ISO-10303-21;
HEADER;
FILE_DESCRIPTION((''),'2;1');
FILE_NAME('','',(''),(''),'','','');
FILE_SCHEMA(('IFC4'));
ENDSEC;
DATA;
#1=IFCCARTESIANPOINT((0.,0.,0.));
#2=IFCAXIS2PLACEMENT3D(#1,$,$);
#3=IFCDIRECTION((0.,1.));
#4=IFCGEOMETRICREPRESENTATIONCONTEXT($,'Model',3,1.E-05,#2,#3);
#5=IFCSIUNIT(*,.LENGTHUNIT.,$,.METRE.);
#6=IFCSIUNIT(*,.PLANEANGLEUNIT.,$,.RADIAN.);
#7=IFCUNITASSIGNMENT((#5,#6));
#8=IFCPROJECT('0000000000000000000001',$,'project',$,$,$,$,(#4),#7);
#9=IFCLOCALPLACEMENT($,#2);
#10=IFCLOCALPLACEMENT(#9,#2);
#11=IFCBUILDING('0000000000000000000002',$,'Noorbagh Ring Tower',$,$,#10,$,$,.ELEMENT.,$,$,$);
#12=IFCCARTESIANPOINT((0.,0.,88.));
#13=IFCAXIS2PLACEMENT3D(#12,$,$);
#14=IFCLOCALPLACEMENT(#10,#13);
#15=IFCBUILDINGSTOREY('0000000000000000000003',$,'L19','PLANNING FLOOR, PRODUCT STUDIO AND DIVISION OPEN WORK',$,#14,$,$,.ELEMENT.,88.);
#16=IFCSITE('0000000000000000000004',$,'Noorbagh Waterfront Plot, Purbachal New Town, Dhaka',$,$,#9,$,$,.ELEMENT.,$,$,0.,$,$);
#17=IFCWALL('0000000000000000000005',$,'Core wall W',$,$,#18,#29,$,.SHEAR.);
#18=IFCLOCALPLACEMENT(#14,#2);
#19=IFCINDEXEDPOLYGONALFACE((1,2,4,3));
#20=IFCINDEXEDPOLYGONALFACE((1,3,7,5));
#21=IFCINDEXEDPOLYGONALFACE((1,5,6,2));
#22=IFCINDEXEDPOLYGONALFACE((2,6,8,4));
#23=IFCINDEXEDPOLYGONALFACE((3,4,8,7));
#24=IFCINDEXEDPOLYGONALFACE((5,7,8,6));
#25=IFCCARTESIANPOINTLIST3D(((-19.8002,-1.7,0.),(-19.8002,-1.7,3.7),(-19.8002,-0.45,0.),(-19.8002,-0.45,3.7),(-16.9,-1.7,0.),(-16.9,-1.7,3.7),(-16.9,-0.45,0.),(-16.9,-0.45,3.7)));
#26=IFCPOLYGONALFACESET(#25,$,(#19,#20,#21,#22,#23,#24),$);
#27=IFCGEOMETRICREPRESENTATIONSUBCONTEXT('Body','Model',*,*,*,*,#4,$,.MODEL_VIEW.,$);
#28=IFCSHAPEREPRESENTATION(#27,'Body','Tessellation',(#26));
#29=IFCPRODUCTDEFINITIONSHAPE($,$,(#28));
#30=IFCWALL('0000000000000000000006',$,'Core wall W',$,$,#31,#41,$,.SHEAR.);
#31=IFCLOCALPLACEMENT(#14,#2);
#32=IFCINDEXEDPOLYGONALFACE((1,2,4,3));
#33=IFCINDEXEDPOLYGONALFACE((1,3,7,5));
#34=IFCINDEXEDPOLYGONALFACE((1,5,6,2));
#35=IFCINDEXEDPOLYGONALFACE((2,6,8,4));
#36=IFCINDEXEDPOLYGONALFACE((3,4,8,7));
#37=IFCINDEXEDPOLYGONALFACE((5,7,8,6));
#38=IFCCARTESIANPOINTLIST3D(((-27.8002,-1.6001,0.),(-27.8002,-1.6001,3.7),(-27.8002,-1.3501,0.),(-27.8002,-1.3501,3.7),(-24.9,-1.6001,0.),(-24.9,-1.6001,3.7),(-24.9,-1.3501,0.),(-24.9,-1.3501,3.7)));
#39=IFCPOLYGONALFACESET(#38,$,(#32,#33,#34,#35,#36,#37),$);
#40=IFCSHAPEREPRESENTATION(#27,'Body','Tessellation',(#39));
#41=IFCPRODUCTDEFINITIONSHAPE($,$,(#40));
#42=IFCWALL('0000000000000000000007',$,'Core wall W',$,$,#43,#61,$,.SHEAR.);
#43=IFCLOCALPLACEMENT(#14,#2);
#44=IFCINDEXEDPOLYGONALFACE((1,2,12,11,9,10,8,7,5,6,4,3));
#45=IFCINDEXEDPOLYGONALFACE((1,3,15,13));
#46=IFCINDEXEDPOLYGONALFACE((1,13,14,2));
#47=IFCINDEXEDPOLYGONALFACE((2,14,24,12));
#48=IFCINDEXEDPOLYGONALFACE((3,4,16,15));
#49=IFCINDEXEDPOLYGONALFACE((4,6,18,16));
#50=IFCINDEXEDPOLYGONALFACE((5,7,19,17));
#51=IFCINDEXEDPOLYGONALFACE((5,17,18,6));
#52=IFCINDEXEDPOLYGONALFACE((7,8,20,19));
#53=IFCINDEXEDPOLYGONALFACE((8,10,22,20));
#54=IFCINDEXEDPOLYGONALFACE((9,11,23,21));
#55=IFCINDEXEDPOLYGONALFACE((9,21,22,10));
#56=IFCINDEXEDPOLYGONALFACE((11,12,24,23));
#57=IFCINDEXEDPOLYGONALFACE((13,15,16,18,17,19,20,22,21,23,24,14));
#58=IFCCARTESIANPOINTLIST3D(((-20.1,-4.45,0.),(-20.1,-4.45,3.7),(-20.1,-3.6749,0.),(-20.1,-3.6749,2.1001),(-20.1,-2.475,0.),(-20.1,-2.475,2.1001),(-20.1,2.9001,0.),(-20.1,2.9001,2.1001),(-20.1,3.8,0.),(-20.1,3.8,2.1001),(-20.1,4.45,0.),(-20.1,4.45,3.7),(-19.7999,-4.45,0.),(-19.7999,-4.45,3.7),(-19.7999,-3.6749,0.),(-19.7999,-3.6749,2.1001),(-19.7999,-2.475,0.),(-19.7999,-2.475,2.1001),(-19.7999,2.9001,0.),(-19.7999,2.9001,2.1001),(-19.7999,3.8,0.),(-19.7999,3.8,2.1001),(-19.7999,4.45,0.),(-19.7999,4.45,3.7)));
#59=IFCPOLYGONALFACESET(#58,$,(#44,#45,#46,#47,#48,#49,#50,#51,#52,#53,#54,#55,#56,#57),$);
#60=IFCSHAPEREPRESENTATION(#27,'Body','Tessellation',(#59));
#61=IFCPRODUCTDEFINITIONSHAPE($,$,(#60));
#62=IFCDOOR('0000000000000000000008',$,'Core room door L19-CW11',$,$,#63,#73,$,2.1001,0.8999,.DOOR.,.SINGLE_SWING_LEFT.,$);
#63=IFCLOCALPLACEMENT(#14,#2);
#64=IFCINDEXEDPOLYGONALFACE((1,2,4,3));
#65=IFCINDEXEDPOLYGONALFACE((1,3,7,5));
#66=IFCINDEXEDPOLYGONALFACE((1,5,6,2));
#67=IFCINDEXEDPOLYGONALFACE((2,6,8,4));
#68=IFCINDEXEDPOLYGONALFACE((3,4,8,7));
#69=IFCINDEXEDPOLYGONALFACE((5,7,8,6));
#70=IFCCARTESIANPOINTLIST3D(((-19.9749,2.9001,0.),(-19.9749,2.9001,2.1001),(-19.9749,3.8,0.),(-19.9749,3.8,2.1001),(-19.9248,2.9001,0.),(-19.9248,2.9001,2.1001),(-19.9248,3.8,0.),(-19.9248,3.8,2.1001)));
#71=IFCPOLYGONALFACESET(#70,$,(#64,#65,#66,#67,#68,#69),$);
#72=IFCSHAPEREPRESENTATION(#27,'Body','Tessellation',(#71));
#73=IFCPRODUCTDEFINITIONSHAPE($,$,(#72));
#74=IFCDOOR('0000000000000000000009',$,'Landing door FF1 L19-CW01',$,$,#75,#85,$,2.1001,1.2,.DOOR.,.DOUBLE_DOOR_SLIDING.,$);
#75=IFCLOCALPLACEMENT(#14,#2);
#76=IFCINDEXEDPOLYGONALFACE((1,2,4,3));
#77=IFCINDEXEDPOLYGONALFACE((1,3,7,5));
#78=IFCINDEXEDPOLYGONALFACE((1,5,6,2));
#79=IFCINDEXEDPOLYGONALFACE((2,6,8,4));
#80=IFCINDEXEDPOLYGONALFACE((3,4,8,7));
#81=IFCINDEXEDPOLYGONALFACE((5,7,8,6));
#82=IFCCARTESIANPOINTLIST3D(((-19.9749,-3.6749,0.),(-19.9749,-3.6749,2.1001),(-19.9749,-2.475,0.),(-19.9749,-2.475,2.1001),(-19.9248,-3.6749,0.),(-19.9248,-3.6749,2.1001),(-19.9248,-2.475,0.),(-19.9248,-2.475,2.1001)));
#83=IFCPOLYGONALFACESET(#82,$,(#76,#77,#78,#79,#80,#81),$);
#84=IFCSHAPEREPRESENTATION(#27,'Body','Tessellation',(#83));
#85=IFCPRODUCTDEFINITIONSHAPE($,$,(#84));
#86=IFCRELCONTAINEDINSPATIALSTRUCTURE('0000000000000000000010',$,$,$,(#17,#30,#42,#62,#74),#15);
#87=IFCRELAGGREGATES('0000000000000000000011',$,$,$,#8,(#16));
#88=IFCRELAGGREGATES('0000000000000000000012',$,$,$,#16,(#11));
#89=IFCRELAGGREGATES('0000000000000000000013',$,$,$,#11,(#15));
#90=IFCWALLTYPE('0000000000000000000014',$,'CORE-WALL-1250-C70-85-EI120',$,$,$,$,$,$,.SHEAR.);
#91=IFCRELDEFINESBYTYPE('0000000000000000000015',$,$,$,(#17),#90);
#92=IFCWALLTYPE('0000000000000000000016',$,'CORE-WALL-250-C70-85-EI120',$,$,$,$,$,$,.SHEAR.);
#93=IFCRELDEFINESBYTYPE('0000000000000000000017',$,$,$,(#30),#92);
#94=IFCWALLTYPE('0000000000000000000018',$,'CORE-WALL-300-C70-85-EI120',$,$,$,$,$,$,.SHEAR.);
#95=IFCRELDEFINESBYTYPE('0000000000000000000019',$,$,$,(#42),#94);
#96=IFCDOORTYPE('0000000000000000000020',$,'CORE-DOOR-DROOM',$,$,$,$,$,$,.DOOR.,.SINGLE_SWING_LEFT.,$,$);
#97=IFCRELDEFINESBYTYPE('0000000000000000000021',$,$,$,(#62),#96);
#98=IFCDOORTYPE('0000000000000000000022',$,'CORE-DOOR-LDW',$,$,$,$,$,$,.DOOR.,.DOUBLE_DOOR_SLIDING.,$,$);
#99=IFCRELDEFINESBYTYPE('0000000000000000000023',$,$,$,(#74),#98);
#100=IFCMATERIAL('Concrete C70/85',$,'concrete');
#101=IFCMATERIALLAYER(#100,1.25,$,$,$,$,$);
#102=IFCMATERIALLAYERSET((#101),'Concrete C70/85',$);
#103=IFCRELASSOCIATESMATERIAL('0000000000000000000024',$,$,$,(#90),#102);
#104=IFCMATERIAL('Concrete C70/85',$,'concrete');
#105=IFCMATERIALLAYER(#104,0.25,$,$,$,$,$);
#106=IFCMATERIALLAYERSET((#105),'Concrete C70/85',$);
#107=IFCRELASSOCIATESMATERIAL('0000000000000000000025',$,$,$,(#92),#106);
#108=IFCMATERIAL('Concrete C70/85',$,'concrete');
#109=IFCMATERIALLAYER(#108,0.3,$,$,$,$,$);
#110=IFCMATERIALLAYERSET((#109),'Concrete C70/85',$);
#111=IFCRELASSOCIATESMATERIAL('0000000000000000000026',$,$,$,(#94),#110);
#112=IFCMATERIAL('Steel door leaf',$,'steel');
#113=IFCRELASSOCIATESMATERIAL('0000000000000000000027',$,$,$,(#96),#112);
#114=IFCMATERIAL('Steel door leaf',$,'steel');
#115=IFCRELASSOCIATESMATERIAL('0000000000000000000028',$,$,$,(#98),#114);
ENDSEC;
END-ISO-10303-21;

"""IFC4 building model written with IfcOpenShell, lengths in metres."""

from ifc_helpers import new_model, si_unit, direction, frame, frame_2d, origin, place, context, subcontext, project, spatial, rectangle, extrude, material, layer, layer_set, type_object, element, fill, save


model = new_model("IFC4")

# Units and contexts
model_context = context("Model", 3, precision=1e-05, world=origin(), true_north=direction((0.0, 1.0)))
body_context = subcontext(model_context, "Body", "Model", "MODEL_VIEW")
ifc_project = project(units=[si_unit("LENGTHUNIT", "METRE"), si_unit("PLANEANGLEUNIT", "RADIAN")], contexts=[model_context])

# Site, building, storey
site_placement = place(None, origin())
site = spatial("IfcSite", under=ifc_project, at=site_placement, Name="Noorbagh Waterfront Plot, Purbachal New Town, Dhaka", CompositionType="ELEMENT", RefElevation=0.0)
building_placement = place(site_placement, origin())
building = spatial("IfcBuilding", under=site, at=building_placement, Name="Noorbagh Ring Tower", CompositionType="ELEMENT")
storey_placement = place(building_placement, frame((0.0, 0.0, 88.0)))
storey = spatial("IfcBuildingStorey", under=building, at=storey_placement, Name="L19", Description="PLANNING FLOOR, PRODUCT STUDIO AND DIVISION OPEN WORK", CompositionType="ELEMENT", Elevation=88.0)

# Walls
ifc_material_1 = material(Name="Concrete C70/85", Category="concrete")
ifc_layer_1 = layer(ifc_material_1, 1.25)
ifc_layer_set_1 = layer_set([ifc_layer_1], Name="Concrete C70/85")
wall_type_1 = type_object("IfcWallType", Name="CORE-WALL-1250-C70-85-EI120", PredefinedType="SHEAR", material=ifc_layer_set_1)
wall_1_placement = place(storey_placement, frame((-16.8999, -1.075, 0.0), z_axis=(0.0, 0.0, 1.0), x_axis=(-1.0, 0.0, 0.0)))
element("IfcWall", 1, at=wall_1_placement, inside=storey, type_object=wall_type_1, Name="Core wall W", PredefinedType="SHEAR", context=body_context, shape_type="SweptSolid", body=[
    extrude(rectangle(XDim=2.9001, YDim=1.25, at=frame_2d((1.4502, 0.0))), origin(), (0.0, 0.0, 1.0), 3.7),
])
ifc_material_2 = material(Name="Concrete C70/85", Category="concrete")
ifc_layer_2 = layer(ifc_material_2, 0.25)
ifc_layer_set_2 = layer_set([ifc_layer_2], Name="Concrete C70/85")
wall_type_2 = type_object("IfcWallType", Name="CORE-WALL-250-C70-85-EI120", PredefinedType="SHEAR", material=ifc_layer_set_2)
wall_2_placement = place(storey_placement, frame((-24.8999, -1.4751, 0.0), z_axis=(0.0, 0.0, 1.0), x_axis=(-1.0, 0.0, 0.0)))
element("IfcWall", 2, at=wall_2_placement, inside=storey, type_object=wall_type_2, Name="Core wall W", PredefinedType="SHEAR", context=body_context, shape_type="SweptSolid", body=[
    extrude(rectangle(XDim=2.9001, YDim=0.25, at=frame_2d((1.4502, 0.0))), origin(), (0.0, 0.0, 1.0), 3.7),
])

# Wall, openings, doors
ifc_material_3 = material(Name="Concrete C70/85", Category="concrete")
ifc_layer_3 = layer(ifc_material_3, 0.3)
ifc_layer_set_3 = layer_set([ifc_layer_3], Name="Concrete C70/85")
wall_type_3 = type_object("IfcWallType", Name="CORE-WALL-300-C70-85-EI120", PredefinedType="SHEAR", material=ifc_layer_set_3)
wall_3_placement = place(storey_placement, frame((-19.95, -4.45, 0.0), z_axis=(0.0, 0.0, 1.0), x_axis=(0.0, 1.0, 0.0)))
wall_3 = element("IfcWall", 3, at=wall_3_placement, inside=storey, type_object=wall_type_3, Name="Core wall W", PredefinedType="SHEAR", context=body_context, shape_type="SweptSolid", body=[
    extrude(rectangle(XDim=8.8999, YDim=0.3, at=frame_2d((4.45, 0.0))), origin(), (0.0, 0.0, 1.0), 3.7),
])
opening_1_placement = place(wall_3_placement, frame((0.7749, 0.0, 0.0)))
opening_1 = element("IfcOpeningElement", 4, at=opening_1_placement, cuts=wall_3, PredefinedType="OPENING", context=body_context, shape_type="SweptSolid", body=[
    extrude(rectangle(XDim=1.2, YDim=2.1001, at=frame_2d((0.6001, 1.05))), frame((0.0, 0.1602, 0.0), z_axis=(0.0, -1.0, 0.0), x_axis=(1.0, 0.0, 0.0)), (0.0, 0.0, 1.0), 0.3201),
])
opening_2_placement = place(wall_3_placement, frame((7.3501, 0.0, 0.0)))
opening_2 = element("IfcOpeningElement", 5, at=opening_2_placement, cuts=wall_3, PredefinedType="OPENING", context=body_context, shape_type="SweptSolid", body=[
    extrude(rectangle(XDim=0.8999, YDim=2.1001, at=frame_2d((0.45, 1.05))), frame((0.0, 0.1602, 0.0), z_axis=(0.0, -1.0, 0.0), x_axis=(1.0, 0.0, 0.0)), (0.0, 0.0, 1.0), 0.3201),
])
ifc_material_4 = material(Name="Steel door leaf", Category="steel")
door_type_1 = type_object("IfcDoorType", Name="CORE-DOOR-DROOM", OperationType="SINGLE_SWING_LEFT", PredefinedType="DOOR", material=ifc_material_4)
door_1_placement = place(opening_2_placement, origin())
door_1 = element("IfcDoor", 6, at=door_1_placement, inside=storey, type_object=door_type_1, Name="Core room door L19-CW11", OperationType="SINGLE_SWING_LEFT", OverallHeight=2.1001, OverallWidth=0.8999, PredefinedType="DOOR", context=body_context, shape_type="SweptSolid", body=[
    extrude(rectangle(XDim=0.8999, YDim=2.1001, at=frame_2d((0.45, 1.05))), frame((0.0, 0.0249, 0.0), z_axis=(0.0, -1.0, 0.0), x_axis=(1.0, 0.0, 0.0)), (0.0, 0.0, 1.0), 0.05),
])
fill(opening_2, door_1)
ifc_material_5 = material(Name="Steel door leaf", Category="steel")
door_type_2 = type_object("IfcDoorType", Name="CORE-DOOR-LDW", OperationType="DOUBLE_DOOR_SLIDING", PredefinedType="DOOR", material=ifc_material_5)
door_2_placement = place(opening_1_placement, origin())
door_2 = element("IfcDoor", 7, at=door_2_placement, inside=storey, type_object=door_type_2, Name="Landing door FF1 L19-CW01", OperationType="DOUBLE_DOOR_SLIDING", OverallHeight=2.1001, OverallWidth=1.2, PredefinedType="DOOR", context=body_context, shape_type="SweptSolid", body=[
    extrude(rectangle(XDim=1.2, YDim=2.1001, at=frame_2d((0.6001, 1.05))), frame((0.0, 0.0249, 0.0), z_axis=(0.0, -1.0, 0.0), x_axis=(1.0, 0.0, 0.0)), (0.0, 0.0, 1.0), 0.05),
])
fill(opening_1, door_2)

save(model, "model.ifc")
